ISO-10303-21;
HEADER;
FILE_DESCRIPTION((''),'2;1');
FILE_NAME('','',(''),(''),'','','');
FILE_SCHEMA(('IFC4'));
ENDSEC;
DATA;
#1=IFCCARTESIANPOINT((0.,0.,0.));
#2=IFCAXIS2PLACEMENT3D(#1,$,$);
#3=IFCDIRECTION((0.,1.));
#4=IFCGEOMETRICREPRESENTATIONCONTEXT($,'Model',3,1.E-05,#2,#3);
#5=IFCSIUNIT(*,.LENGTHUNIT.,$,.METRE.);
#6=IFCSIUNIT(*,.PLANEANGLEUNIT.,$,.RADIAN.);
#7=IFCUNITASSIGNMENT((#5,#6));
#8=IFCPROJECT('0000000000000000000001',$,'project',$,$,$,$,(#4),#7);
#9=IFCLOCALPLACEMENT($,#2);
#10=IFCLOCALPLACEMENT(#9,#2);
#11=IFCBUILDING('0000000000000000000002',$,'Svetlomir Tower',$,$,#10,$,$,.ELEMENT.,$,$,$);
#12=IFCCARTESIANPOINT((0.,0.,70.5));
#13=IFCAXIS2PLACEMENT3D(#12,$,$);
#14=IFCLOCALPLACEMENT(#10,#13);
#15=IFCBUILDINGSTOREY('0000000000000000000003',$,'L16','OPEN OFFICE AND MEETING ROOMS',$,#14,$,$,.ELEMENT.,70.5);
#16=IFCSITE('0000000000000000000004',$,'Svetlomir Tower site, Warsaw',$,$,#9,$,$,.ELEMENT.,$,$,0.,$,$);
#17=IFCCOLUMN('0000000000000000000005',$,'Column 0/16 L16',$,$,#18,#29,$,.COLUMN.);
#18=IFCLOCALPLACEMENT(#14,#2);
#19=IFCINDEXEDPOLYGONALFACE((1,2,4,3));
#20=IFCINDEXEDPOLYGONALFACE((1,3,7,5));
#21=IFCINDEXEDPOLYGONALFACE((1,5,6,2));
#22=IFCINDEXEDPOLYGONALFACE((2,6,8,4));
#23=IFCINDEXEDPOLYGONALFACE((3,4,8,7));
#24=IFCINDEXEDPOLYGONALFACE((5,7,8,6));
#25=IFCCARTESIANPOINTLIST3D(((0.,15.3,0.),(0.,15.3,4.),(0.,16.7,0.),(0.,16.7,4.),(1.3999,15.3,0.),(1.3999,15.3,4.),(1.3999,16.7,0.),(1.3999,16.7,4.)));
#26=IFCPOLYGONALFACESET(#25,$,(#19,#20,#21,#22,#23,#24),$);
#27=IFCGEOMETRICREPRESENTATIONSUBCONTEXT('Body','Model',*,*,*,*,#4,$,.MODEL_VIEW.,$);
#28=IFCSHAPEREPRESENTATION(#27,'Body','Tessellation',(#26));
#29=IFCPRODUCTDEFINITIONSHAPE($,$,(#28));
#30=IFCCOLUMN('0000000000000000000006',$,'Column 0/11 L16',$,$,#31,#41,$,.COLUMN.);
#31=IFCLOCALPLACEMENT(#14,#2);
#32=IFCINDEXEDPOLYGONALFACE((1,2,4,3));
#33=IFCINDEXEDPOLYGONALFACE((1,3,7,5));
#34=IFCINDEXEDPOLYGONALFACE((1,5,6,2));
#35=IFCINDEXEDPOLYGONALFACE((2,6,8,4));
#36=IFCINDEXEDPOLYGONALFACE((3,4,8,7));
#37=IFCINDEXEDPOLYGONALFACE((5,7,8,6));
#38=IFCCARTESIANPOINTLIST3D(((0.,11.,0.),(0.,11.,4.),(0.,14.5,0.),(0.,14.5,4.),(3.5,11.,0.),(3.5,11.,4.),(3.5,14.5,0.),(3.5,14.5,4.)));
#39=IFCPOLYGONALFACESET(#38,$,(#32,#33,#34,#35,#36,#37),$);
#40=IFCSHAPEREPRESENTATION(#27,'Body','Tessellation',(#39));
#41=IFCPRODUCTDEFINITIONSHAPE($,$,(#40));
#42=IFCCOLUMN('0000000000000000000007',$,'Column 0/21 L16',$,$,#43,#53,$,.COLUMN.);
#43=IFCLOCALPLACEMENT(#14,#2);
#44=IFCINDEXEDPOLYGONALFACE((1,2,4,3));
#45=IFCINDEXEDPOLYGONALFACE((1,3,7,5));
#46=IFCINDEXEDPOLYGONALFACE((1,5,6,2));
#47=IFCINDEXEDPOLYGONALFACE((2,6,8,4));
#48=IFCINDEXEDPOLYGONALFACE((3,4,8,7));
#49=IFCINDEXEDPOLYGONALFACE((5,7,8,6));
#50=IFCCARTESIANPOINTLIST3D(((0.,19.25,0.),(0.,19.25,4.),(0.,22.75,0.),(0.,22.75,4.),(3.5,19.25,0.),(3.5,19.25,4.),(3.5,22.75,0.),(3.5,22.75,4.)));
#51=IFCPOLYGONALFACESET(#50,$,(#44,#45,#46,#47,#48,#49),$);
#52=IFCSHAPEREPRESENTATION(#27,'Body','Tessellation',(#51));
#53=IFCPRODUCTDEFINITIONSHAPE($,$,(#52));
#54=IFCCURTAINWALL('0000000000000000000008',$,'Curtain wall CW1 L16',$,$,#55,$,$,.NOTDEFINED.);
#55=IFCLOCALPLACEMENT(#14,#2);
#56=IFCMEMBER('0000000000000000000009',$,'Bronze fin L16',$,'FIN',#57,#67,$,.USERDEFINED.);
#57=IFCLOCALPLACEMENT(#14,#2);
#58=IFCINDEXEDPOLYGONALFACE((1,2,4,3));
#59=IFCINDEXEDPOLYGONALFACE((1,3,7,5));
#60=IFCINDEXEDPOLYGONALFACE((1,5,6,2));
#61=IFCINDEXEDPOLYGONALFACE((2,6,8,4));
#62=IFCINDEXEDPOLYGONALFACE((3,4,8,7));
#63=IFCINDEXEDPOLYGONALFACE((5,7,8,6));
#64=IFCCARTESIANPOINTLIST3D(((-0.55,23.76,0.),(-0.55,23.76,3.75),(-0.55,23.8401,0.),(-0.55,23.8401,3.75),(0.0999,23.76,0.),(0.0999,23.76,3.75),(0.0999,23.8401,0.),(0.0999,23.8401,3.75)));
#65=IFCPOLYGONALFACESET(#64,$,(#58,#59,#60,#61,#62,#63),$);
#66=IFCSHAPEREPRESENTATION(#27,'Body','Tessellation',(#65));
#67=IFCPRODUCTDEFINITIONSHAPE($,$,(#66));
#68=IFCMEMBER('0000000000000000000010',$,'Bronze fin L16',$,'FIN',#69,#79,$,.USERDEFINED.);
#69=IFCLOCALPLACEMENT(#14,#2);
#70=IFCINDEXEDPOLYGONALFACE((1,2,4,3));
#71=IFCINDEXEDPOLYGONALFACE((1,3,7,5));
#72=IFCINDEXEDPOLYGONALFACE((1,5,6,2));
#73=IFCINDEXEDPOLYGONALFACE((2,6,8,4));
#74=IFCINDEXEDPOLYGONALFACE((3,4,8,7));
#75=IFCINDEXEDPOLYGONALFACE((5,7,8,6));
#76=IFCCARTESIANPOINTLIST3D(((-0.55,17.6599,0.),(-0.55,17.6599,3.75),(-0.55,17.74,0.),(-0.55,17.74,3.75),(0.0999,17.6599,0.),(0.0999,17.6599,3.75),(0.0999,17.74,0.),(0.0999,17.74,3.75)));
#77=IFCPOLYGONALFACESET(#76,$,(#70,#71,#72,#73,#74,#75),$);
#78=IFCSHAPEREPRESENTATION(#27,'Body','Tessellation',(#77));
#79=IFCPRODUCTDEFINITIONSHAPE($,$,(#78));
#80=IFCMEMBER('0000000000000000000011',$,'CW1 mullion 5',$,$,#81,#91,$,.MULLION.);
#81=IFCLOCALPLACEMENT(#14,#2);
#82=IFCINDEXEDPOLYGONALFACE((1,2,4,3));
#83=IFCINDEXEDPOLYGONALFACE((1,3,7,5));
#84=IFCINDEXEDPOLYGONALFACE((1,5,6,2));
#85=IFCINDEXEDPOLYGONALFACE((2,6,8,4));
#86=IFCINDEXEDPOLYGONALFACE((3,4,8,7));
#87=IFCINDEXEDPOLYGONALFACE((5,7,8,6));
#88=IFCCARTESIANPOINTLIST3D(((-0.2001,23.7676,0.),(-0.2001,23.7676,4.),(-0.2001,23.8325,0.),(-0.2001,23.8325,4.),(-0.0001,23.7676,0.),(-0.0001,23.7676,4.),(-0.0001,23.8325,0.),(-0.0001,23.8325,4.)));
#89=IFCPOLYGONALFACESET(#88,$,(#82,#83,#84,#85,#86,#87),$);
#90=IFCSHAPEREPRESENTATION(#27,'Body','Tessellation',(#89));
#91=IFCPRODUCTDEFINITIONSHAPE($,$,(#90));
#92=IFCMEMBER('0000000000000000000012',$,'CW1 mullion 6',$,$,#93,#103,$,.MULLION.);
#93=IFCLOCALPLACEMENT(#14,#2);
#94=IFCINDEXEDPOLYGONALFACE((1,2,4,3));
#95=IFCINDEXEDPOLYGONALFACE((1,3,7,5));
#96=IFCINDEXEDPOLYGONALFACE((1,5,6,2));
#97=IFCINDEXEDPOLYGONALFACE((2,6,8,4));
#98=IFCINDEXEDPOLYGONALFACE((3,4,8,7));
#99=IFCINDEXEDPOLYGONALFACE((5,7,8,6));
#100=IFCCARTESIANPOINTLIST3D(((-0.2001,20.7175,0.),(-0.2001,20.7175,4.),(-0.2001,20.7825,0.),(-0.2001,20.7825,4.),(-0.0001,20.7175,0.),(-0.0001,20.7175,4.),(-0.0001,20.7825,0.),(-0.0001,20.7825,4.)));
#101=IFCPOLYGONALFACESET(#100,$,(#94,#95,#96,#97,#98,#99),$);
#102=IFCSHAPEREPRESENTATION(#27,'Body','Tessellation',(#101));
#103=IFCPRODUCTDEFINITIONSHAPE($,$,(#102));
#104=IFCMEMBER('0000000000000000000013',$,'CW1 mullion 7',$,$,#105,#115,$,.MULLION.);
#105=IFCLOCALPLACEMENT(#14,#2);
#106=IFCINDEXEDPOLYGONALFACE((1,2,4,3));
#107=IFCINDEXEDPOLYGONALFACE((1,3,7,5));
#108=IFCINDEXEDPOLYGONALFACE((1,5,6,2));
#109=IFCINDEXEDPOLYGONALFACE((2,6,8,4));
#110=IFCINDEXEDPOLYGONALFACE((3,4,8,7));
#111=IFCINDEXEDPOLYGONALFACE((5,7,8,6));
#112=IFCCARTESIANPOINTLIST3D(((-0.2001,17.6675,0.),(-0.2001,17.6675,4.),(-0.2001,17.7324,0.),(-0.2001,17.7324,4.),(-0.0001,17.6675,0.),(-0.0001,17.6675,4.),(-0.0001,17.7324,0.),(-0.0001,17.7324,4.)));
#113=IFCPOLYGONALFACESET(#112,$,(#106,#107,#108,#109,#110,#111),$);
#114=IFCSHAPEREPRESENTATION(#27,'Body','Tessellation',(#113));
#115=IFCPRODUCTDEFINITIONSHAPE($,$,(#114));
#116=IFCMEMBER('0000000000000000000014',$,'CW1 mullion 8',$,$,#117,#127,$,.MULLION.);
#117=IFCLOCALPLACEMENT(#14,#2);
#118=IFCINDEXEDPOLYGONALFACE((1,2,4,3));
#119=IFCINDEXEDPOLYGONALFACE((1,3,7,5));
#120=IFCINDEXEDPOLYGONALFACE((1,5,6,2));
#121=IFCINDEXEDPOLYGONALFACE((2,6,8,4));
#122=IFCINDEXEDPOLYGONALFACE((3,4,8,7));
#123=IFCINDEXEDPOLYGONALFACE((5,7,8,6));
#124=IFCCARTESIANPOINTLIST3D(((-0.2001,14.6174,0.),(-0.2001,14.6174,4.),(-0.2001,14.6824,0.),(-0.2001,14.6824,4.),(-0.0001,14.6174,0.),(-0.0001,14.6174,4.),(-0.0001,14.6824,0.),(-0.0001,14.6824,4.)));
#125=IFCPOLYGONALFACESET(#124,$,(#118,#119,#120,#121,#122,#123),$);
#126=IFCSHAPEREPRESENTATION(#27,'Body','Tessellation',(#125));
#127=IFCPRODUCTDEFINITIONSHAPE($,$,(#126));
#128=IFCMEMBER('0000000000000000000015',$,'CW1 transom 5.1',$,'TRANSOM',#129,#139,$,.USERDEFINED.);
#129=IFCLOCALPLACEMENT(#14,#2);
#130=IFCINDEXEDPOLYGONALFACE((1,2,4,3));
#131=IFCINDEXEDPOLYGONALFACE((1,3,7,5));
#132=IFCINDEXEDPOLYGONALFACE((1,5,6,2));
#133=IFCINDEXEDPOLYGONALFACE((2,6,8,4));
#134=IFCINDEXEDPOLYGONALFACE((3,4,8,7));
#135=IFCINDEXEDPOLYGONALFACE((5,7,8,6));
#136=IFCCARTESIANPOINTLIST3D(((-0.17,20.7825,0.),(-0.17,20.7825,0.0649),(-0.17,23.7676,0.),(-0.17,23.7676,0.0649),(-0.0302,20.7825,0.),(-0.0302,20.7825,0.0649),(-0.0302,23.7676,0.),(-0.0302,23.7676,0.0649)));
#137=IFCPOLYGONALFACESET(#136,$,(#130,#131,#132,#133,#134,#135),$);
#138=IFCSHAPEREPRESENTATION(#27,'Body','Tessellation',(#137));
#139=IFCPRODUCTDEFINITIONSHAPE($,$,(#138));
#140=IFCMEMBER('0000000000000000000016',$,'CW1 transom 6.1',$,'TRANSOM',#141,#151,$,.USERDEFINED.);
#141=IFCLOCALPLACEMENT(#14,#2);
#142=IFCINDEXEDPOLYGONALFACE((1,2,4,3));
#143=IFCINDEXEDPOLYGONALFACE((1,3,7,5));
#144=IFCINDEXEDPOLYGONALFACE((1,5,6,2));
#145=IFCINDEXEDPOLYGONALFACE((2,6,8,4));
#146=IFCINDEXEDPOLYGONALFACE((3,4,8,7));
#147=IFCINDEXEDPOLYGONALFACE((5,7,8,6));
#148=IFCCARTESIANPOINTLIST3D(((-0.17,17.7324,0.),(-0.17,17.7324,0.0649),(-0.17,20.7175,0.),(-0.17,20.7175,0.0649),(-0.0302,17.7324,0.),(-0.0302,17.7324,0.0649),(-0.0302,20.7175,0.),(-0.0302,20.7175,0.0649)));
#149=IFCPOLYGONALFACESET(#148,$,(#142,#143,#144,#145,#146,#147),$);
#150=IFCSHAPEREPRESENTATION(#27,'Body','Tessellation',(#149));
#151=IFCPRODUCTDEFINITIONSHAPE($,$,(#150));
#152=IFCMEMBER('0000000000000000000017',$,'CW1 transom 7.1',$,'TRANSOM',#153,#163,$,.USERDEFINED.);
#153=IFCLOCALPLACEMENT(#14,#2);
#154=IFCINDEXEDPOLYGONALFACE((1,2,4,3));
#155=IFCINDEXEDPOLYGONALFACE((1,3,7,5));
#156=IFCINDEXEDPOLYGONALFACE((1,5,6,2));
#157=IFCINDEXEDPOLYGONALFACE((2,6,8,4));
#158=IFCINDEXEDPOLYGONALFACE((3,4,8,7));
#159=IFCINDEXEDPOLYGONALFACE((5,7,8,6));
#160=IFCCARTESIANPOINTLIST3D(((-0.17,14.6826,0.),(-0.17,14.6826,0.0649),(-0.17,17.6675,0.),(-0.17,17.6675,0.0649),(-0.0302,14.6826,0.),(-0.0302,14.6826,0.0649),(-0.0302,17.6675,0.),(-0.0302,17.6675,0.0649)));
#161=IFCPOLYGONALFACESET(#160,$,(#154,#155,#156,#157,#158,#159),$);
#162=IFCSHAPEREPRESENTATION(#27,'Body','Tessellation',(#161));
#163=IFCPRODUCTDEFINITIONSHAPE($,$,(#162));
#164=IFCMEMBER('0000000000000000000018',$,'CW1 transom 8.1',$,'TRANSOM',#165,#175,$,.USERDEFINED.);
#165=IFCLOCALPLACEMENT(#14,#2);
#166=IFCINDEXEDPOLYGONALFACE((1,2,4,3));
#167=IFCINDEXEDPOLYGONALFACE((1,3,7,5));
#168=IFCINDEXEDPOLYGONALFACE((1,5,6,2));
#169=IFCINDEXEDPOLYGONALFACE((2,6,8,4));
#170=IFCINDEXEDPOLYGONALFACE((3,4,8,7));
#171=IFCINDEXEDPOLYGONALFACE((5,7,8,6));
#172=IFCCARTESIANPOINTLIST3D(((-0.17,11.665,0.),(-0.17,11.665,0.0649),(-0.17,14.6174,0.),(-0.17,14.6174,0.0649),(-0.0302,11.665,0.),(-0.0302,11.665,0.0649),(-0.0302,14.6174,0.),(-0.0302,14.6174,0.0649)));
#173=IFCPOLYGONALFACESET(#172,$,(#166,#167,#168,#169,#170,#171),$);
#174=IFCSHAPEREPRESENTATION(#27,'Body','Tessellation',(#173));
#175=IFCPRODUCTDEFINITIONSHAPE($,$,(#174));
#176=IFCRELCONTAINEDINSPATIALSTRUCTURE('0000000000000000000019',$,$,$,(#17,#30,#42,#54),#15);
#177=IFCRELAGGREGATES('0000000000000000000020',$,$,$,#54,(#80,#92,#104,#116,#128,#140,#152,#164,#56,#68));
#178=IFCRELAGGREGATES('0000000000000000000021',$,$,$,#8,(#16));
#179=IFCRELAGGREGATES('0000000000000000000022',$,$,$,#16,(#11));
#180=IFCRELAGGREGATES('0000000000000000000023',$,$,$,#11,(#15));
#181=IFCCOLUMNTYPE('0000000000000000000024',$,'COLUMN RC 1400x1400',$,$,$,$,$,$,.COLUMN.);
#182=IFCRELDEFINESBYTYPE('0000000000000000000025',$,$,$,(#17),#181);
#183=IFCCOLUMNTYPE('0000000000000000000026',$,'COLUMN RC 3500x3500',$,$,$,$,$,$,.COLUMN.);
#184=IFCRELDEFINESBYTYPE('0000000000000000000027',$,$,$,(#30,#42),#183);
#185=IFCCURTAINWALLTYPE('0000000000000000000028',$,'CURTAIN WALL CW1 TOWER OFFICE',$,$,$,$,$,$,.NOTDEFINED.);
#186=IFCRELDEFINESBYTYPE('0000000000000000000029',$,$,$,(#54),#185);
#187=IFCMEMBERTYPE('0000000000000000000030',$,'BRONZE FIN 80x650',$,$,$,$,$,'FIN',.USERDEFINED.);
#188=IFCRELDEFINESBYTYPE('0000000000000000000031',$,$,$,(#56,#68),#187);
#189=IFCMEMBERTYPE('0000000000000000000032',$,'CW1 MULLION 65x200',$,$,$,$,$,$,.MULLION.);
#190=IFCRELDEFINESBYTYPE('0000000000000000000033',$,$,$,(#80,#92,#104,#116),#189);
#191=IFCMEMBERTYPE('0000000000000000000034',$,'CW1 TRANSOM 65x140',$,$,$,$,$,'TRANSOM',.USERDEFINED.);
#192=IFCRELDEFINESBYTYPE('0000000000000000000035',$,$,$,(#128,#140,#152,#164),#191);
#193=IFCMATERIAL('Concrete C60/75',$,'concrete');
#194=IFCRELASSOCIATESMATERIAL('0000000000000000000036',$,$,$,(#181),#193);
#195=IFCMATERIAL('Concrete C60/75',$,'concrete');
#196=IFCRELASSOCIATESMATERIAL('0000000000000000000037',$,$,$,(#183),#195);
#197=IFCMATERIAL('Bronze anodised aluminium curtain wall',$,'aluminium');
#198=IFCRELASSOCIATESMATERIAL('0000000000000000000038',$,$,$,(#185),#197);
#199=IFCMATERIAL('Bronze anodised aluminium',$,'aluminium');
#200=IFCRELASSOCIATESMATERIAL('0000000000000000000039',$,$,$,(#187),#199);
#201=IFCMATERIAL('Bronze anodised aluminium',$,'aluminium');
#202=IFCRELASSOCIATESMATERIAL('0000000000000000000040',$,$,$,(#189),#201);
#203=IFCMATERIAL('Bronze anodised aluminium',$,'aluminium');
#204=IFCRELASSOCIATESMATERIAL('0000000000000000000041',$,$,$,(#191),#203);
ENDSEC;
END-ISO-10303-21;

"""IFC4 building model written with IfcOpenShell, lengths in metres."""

from ifc_helpers import new_model, si_unit, direction, frame, origin, origin_2d, place, context, subcontext, project, spatial, rectangle, extrude, material, material_profile, profile_set, type_object, element, aggregate, save


model = new_model("IFC4")

# Units and contexts
model_context = context("Model", 3, precision=1e-05, world=origin(), true_north=direction((0.0, 1.0)))
body_context = subcontext(model_context, "Body", "Model", "MODEL_VIEW")
ifc_project = project(units=[si_unit("LENGTHUNIT", "METRE"), si_unit("PLANEANGLEUNIT", "RADIAN")], contexts=[model_context])

# Site, building, storey
site_placement = place(None, origin())
site = spatial("IfcSite", under=ifc_project, at=site_placement, Name="Svetlomir Tower site, Warsaw", CompositionType="ELEMENT", RefElevation=0.0)
building_placement = place(site_placement, origin())
building = spatial("IfcBuilding", under=site, at=building_placement, Name="Svetlomir Tower", CompositionType="ELEMENT")
storey_placement = place(building_placement, frame((0.0, 0.0, 70.5)))
storey = spatial("IfcBuildingStorey", under=building, at=storey_placement, Name="L16", Description="OPEN OFFICE AND MEETING ROOMS", CompositionType="ELEMENT", Elevation=70.5)

# Columns
ifc_material_1 = material(Name="Concrete C60/75", Category="concrete")
ifc_material_profile_1 = material_profile(ifc_material_1, rectangle(XDim=1.3999, YDim=1.3999, at=origin_2d()), Name="RC 1400x1400")
ifc_profile_set_1 = profile_set([ifc_material_profile_1], Name="Concrete C60/75")
column_type_1 = type_object("IfcColumnType", Name="COLUMN RC 1400x1400", PredefinedType="COLUMN", material=ifc_profile_set_1)
column_placement = place(storey_placement, frame((0.7, 16.0, 0.0), z_axis=(0.0, 0.0, 1.0), x_axis=(1.0, 0.0, 0.0)))
element("IfcColumn", 1, at=column_placement, inside=storey, type_object=column_type_1, Name="Column 0/16 L16", PredefinedType="COLUMN", context=body_context, shape_type="SweptSolid", body=[
    extrude(rectangle(XDim=1.3999, YDim=1.3999, at=origin_2d()), origin(), (0.0, 0.0, 1.0), 4.0),
])
ifc_material_2 = material(Name="Concrete C60/75", Category="concrete")
ifc_material_profile_2 = material_profile(ifc_material_2, rectangle(XDim=3.5, YDim=3.5, at=origin_2d()), Name="RC 3500x3500")
ifc_profile_set_2 = profile_set([ifc_material_profile_2], Name="Concrete C60/75")
column_type_2 = type_object("IfcColumnType", Name="COLUMN RC 3500x3500", PredefinedType="COLUMN", material=ifc_profile_set_2)
for number, where, z_axis, x_axis, name in (
    (2, (1.75, 12.75, 0.0), (0.0, 0.0, 1.0), (1.0, 0.0, 0.0), "Column 0/11 L16"),
    (3, (1.75, 21.0, 0.0), (0.0, 0.0, 1.0), (1.0, 0.0, 0.0), "Column 0/21 L16"),
):
    element("IfcColumn", number, at=place(storey_placement, frame(where, z_axis=z_axis, x_axis=x_axis)), inside=storey, type_object=column_type_2, Name=name, PredefinedType="COLUMN", context=body_context, shape_type="SweptSolid", body=[
        extrude(rectangle(XDim=3.5, YDim=3.5, at=origin_2d()), origin(), (0.0, 0.0, 1.0), 4.0),
    ])

# Curtain wall, members
ifc_material_3 = material(Name="Bronze anodised aluminium curtain wall", Category="aluminium")
curtain_wall_type = type_object("IfcCurtainWallType", Name="CURTAIN WALL CW1 TOWER OFFICE", PredefinedType="NOTDEFINED", material=ifc_material_3)
curtain_wall_placement = place(storey_placement, origin())
curtain_wall = element("IfcCurtainWall", 4, at=curtain_wall_placement, inside=storey, type_object=curtain_wall_type, Name="Curtain wall CW1 L16", PredefinedType="NOTDEFINED")
ifc_material_4 = material(Name="Bronze anodised aluminium", Category="aluminium")
ifc_material_profile_3 = material_profile(ifc_material_4, rectangle(XDim=0.0801, YDim=0.6499, at=origin_2d()), Name="FIN 80x650")
ifc_profile_set_3 = profile_set([ifc_material_profile_3], Name="Bronze anodised aluminium 6063-T6")
member_type_1 = type_object("IfcMemberType", Name="BRONZE FIN 80x650", ElementType="FIN", PredefinedType="USERDEFINED", material=ifc_profile_set_3)
member_1_placement = place(storey_placement, frame((-0.2251, 23.8, 0.0), z_axis=(0.0, 0.0, 1.0), x_axis=(0.0, 1.0, 0.0)))
member_1 = element("IfcMember", 5, at=member_1_placement, type_object=member_type_1, Name="Bronze fin L16", ObjectType="FIN", PredefinedType="USERDEFINED", context=body_context, shape_type="SweptSolid", body=[
    extrude(rectangle(XDim=0.0801, YDim=0.6499, at=origin_2d()), origin(), (0.0, 0.0, 1.0), 3.75),
])
member_2_placement = place(storey_placement, frame((-0.2251, 17.7, 0.0), z_axis=(0.0, 0.0, 1.0), x_axis=(0.0, 1.0, 0.0)))
member_2 = element("IfcMember", 6, at=member_2_placement, type_object=member_type_1, Name="Bronze fin L16", ObjectType="FIN", PredefinedType="USERDEFINED", context=body_context, shape_type="SweptSolid", body=[
    extrude(rectangle(XDim=0.0801, YDim=0.6499, at=origin_2d()), origin(), (0.0, 0.0, 1.0), 3.75),
])
ifc_material_5 = material(Name="Bronze anodised aluminium", Category="aluminium")
ifc_material_profile_4 = material_profile(ifc_material_5, rectangle(XDim=0.0649, YDim=0.2, at=origin_2d()), Name="AL 65x200")
ifc_profile_set_4 = profile_set([ifc_material_profile_4], Name="Bronze anodised aluminium 6063-T6")
member_type_2 = type_object("IfcMemberType", Name="CW1 MULLION 65x200", PredefinedType="MULLION", material=ifc_profile_set_4)
member_3_placement = place(storey_placement, frame((-0.1001, 23.8, 0.0), z_axis=(0.0, 0.0, 1.0), x_axis=(0.0, -1.0, 0.0)))
member_3 = element("IfcMember", 7, at=member_3_placement, type_object=member_type_2, Name="CW1 mullion 5", PredefinedType="MULLION", context=body_context, shape_type="SweptSolid", body=[
    extrude(rectangle(XDim=0.0649, YDim=0.2, at=origin_2d()), origin(), (0.0, 0.0, 1.0), 4.0),
])
member_4_placement = place(storey_placement, frame((-0.1001, 20.75, 0.0), z_axis=(0.0, 0.0, 1.0), x_axis=(0.0, -1.0, 0.0)))
member_4 = element("IfcMember", 8, at=member_4_placement, type_object=member_type_2, Name="CW1 mullion 6", PredefinedType="MULLION", context=body_context, shape_type="SweptSolid", body=[
    extrude(rectangle(XDim=0.0649, YDim=0.2, at=origin_2d()), origin(), (0.0, 0.0, 1.0), 4.0),
])
member_5_placement = place(storey_placement, frame((-0.1001, 17.7, 0.0), z_axis=(0.0, 0.0, 1.0), x_axis=(0.0, -1.0, 0.0)))
member_5 = element("IfcMember", 9, at=member_5_placement, type_object=member_type_2, Name="CW1 mullion 7", PredefinedType="MULLION", context=body_context, shape_type="SweptSolid", body=[
    extrude(rectangle(XDim=0.0649, YDim=0.2, at=origin_2d()), origin(), (0.0, 0.0, 1.0), 4.0),
])
member_6_placement = place(storey_placement, frame((-0.1001, 14.6499, 0.0), z_axis=(0.0, 0.0, 1.0), x_axis=(0.0, -1.0, 0.0)))
member_6 = element("IfcMember", 10, at=member_6_placement, type_object=member_type_2, Name="CW1 mullion 8", PredefinedType="MULLION", context=body_context, shape_type="SweptSolid", body=[
    extrude(rectangle(XDim=0.0649, YDim=0.2, at=origin_2d()), origin(), (0.0, 0.0, 1.0), 4.0),
])
ifc_material_6 = material(Name="Bronze anodised aluminium", Category="aluminium")
ifc_material_profile_5 = material_profile(ifc_material_6, rectangle(XDim=0.1399, YDim=0.0649, at=origin_2d()), Name="AL 140x65")
ifc_profile_set_5 = profile_set([ifc_material_profile_5], Name="Bronze anodised aluminium 6063-T6")
member_type_3 = type_object("IfcMemberType", Name="CW1 TRANSOM 65x140", ElementType="TRANSOM", PredefinedType="USERDEFINED", material=ifc_profile_set_5)
member_7_placement = place(storey_placement, frame((-0.1001, 23.7676, 0.0325), z_axis=(0.0, -1.0, 0.0), x_axis=(1.0, 0.0, 0.0)))
member_7 = element("IfcMember", 11, at=member_7_placement, type_object=member_type_3, Name="CW1 transom 5.1", ObjectType="TRANSOM", PredefinedType="USERDEFINED", context=body_context, shape_type="SweptSolid", body=[
    extrude(rectangle(XDim=0.1399, YDim=0.0649, at=origin_2d()), origin(), (0.0, 0.0, 1.0), 2.9851),
])
member_8_placement = place(storey_placement, frame((-0.1001, 20.7175, 0.0325), z_axis=(0.0, -1.0, 0.0), x_axis=(1.0, 0.0, 0.0)))
member_8 = element("IfcMember", 12, at=member_8_placement, type_object=member_type_3, Name="CW1 transom 6.1", ObjectType="TRANSOM", PredefinedType="USERDEFINED", context=body_context, shape_type="SweptSolid", body=[
    extrude(rectangle(XDim=0.1399, YDim=0.0649, at=origin_2d()), origin(), (0.0, 0.0, 1.0), 2.9851),
])
member_9_placement = place(storey_placement, frame((-0.1001, 17.6675, 0.0325), z_axis=(0.0, -1.0, 0.0), x_axis=(1.0, 0.0, 0.0)))
member_9 = element("IfcMember", 13, at=member_9_placement, type_object=member_type_3, Name="CW1 transom 7.1", ObjectType="TRANSOM", PredefinedType="USERDEFINED", context=body_context, shape_type="SweptSolid", body=[
    extrude(rectangle(XDim=0.1399, YDim=0.0649, at=origin_2d()), origin(), (0.0, 0.0, 1.0), 2.9849),
])
member_10_placement = place(storey_placement, frame((-0.1001, 14.6174, 0.0325), z_axis=(0.0, -1.0, 0.0), x_axis=(1.0, 0.0, 0.0)))
member_10 = element("IfcMember", 14, at=member_10_placement, type_object=member_type_3, Name="CW1 transom 8.1", ObjectType="TRANSOM", PredefinedType="USERDEFINED", context=body_context, shape_type="SweptSolid", body=[
    extrude(rectangle(XDim=0.1399, YDim=0.0649, at=origin_2d()), origin(), (0.0, 0.0, 1.0), 2.9524),
])

aggregate(curtain_wall, [member_3, member_4, member_5, member_6, member_7, member_8, member_9, member_10, member_1, member_2])

save(model, "model.ifc")
